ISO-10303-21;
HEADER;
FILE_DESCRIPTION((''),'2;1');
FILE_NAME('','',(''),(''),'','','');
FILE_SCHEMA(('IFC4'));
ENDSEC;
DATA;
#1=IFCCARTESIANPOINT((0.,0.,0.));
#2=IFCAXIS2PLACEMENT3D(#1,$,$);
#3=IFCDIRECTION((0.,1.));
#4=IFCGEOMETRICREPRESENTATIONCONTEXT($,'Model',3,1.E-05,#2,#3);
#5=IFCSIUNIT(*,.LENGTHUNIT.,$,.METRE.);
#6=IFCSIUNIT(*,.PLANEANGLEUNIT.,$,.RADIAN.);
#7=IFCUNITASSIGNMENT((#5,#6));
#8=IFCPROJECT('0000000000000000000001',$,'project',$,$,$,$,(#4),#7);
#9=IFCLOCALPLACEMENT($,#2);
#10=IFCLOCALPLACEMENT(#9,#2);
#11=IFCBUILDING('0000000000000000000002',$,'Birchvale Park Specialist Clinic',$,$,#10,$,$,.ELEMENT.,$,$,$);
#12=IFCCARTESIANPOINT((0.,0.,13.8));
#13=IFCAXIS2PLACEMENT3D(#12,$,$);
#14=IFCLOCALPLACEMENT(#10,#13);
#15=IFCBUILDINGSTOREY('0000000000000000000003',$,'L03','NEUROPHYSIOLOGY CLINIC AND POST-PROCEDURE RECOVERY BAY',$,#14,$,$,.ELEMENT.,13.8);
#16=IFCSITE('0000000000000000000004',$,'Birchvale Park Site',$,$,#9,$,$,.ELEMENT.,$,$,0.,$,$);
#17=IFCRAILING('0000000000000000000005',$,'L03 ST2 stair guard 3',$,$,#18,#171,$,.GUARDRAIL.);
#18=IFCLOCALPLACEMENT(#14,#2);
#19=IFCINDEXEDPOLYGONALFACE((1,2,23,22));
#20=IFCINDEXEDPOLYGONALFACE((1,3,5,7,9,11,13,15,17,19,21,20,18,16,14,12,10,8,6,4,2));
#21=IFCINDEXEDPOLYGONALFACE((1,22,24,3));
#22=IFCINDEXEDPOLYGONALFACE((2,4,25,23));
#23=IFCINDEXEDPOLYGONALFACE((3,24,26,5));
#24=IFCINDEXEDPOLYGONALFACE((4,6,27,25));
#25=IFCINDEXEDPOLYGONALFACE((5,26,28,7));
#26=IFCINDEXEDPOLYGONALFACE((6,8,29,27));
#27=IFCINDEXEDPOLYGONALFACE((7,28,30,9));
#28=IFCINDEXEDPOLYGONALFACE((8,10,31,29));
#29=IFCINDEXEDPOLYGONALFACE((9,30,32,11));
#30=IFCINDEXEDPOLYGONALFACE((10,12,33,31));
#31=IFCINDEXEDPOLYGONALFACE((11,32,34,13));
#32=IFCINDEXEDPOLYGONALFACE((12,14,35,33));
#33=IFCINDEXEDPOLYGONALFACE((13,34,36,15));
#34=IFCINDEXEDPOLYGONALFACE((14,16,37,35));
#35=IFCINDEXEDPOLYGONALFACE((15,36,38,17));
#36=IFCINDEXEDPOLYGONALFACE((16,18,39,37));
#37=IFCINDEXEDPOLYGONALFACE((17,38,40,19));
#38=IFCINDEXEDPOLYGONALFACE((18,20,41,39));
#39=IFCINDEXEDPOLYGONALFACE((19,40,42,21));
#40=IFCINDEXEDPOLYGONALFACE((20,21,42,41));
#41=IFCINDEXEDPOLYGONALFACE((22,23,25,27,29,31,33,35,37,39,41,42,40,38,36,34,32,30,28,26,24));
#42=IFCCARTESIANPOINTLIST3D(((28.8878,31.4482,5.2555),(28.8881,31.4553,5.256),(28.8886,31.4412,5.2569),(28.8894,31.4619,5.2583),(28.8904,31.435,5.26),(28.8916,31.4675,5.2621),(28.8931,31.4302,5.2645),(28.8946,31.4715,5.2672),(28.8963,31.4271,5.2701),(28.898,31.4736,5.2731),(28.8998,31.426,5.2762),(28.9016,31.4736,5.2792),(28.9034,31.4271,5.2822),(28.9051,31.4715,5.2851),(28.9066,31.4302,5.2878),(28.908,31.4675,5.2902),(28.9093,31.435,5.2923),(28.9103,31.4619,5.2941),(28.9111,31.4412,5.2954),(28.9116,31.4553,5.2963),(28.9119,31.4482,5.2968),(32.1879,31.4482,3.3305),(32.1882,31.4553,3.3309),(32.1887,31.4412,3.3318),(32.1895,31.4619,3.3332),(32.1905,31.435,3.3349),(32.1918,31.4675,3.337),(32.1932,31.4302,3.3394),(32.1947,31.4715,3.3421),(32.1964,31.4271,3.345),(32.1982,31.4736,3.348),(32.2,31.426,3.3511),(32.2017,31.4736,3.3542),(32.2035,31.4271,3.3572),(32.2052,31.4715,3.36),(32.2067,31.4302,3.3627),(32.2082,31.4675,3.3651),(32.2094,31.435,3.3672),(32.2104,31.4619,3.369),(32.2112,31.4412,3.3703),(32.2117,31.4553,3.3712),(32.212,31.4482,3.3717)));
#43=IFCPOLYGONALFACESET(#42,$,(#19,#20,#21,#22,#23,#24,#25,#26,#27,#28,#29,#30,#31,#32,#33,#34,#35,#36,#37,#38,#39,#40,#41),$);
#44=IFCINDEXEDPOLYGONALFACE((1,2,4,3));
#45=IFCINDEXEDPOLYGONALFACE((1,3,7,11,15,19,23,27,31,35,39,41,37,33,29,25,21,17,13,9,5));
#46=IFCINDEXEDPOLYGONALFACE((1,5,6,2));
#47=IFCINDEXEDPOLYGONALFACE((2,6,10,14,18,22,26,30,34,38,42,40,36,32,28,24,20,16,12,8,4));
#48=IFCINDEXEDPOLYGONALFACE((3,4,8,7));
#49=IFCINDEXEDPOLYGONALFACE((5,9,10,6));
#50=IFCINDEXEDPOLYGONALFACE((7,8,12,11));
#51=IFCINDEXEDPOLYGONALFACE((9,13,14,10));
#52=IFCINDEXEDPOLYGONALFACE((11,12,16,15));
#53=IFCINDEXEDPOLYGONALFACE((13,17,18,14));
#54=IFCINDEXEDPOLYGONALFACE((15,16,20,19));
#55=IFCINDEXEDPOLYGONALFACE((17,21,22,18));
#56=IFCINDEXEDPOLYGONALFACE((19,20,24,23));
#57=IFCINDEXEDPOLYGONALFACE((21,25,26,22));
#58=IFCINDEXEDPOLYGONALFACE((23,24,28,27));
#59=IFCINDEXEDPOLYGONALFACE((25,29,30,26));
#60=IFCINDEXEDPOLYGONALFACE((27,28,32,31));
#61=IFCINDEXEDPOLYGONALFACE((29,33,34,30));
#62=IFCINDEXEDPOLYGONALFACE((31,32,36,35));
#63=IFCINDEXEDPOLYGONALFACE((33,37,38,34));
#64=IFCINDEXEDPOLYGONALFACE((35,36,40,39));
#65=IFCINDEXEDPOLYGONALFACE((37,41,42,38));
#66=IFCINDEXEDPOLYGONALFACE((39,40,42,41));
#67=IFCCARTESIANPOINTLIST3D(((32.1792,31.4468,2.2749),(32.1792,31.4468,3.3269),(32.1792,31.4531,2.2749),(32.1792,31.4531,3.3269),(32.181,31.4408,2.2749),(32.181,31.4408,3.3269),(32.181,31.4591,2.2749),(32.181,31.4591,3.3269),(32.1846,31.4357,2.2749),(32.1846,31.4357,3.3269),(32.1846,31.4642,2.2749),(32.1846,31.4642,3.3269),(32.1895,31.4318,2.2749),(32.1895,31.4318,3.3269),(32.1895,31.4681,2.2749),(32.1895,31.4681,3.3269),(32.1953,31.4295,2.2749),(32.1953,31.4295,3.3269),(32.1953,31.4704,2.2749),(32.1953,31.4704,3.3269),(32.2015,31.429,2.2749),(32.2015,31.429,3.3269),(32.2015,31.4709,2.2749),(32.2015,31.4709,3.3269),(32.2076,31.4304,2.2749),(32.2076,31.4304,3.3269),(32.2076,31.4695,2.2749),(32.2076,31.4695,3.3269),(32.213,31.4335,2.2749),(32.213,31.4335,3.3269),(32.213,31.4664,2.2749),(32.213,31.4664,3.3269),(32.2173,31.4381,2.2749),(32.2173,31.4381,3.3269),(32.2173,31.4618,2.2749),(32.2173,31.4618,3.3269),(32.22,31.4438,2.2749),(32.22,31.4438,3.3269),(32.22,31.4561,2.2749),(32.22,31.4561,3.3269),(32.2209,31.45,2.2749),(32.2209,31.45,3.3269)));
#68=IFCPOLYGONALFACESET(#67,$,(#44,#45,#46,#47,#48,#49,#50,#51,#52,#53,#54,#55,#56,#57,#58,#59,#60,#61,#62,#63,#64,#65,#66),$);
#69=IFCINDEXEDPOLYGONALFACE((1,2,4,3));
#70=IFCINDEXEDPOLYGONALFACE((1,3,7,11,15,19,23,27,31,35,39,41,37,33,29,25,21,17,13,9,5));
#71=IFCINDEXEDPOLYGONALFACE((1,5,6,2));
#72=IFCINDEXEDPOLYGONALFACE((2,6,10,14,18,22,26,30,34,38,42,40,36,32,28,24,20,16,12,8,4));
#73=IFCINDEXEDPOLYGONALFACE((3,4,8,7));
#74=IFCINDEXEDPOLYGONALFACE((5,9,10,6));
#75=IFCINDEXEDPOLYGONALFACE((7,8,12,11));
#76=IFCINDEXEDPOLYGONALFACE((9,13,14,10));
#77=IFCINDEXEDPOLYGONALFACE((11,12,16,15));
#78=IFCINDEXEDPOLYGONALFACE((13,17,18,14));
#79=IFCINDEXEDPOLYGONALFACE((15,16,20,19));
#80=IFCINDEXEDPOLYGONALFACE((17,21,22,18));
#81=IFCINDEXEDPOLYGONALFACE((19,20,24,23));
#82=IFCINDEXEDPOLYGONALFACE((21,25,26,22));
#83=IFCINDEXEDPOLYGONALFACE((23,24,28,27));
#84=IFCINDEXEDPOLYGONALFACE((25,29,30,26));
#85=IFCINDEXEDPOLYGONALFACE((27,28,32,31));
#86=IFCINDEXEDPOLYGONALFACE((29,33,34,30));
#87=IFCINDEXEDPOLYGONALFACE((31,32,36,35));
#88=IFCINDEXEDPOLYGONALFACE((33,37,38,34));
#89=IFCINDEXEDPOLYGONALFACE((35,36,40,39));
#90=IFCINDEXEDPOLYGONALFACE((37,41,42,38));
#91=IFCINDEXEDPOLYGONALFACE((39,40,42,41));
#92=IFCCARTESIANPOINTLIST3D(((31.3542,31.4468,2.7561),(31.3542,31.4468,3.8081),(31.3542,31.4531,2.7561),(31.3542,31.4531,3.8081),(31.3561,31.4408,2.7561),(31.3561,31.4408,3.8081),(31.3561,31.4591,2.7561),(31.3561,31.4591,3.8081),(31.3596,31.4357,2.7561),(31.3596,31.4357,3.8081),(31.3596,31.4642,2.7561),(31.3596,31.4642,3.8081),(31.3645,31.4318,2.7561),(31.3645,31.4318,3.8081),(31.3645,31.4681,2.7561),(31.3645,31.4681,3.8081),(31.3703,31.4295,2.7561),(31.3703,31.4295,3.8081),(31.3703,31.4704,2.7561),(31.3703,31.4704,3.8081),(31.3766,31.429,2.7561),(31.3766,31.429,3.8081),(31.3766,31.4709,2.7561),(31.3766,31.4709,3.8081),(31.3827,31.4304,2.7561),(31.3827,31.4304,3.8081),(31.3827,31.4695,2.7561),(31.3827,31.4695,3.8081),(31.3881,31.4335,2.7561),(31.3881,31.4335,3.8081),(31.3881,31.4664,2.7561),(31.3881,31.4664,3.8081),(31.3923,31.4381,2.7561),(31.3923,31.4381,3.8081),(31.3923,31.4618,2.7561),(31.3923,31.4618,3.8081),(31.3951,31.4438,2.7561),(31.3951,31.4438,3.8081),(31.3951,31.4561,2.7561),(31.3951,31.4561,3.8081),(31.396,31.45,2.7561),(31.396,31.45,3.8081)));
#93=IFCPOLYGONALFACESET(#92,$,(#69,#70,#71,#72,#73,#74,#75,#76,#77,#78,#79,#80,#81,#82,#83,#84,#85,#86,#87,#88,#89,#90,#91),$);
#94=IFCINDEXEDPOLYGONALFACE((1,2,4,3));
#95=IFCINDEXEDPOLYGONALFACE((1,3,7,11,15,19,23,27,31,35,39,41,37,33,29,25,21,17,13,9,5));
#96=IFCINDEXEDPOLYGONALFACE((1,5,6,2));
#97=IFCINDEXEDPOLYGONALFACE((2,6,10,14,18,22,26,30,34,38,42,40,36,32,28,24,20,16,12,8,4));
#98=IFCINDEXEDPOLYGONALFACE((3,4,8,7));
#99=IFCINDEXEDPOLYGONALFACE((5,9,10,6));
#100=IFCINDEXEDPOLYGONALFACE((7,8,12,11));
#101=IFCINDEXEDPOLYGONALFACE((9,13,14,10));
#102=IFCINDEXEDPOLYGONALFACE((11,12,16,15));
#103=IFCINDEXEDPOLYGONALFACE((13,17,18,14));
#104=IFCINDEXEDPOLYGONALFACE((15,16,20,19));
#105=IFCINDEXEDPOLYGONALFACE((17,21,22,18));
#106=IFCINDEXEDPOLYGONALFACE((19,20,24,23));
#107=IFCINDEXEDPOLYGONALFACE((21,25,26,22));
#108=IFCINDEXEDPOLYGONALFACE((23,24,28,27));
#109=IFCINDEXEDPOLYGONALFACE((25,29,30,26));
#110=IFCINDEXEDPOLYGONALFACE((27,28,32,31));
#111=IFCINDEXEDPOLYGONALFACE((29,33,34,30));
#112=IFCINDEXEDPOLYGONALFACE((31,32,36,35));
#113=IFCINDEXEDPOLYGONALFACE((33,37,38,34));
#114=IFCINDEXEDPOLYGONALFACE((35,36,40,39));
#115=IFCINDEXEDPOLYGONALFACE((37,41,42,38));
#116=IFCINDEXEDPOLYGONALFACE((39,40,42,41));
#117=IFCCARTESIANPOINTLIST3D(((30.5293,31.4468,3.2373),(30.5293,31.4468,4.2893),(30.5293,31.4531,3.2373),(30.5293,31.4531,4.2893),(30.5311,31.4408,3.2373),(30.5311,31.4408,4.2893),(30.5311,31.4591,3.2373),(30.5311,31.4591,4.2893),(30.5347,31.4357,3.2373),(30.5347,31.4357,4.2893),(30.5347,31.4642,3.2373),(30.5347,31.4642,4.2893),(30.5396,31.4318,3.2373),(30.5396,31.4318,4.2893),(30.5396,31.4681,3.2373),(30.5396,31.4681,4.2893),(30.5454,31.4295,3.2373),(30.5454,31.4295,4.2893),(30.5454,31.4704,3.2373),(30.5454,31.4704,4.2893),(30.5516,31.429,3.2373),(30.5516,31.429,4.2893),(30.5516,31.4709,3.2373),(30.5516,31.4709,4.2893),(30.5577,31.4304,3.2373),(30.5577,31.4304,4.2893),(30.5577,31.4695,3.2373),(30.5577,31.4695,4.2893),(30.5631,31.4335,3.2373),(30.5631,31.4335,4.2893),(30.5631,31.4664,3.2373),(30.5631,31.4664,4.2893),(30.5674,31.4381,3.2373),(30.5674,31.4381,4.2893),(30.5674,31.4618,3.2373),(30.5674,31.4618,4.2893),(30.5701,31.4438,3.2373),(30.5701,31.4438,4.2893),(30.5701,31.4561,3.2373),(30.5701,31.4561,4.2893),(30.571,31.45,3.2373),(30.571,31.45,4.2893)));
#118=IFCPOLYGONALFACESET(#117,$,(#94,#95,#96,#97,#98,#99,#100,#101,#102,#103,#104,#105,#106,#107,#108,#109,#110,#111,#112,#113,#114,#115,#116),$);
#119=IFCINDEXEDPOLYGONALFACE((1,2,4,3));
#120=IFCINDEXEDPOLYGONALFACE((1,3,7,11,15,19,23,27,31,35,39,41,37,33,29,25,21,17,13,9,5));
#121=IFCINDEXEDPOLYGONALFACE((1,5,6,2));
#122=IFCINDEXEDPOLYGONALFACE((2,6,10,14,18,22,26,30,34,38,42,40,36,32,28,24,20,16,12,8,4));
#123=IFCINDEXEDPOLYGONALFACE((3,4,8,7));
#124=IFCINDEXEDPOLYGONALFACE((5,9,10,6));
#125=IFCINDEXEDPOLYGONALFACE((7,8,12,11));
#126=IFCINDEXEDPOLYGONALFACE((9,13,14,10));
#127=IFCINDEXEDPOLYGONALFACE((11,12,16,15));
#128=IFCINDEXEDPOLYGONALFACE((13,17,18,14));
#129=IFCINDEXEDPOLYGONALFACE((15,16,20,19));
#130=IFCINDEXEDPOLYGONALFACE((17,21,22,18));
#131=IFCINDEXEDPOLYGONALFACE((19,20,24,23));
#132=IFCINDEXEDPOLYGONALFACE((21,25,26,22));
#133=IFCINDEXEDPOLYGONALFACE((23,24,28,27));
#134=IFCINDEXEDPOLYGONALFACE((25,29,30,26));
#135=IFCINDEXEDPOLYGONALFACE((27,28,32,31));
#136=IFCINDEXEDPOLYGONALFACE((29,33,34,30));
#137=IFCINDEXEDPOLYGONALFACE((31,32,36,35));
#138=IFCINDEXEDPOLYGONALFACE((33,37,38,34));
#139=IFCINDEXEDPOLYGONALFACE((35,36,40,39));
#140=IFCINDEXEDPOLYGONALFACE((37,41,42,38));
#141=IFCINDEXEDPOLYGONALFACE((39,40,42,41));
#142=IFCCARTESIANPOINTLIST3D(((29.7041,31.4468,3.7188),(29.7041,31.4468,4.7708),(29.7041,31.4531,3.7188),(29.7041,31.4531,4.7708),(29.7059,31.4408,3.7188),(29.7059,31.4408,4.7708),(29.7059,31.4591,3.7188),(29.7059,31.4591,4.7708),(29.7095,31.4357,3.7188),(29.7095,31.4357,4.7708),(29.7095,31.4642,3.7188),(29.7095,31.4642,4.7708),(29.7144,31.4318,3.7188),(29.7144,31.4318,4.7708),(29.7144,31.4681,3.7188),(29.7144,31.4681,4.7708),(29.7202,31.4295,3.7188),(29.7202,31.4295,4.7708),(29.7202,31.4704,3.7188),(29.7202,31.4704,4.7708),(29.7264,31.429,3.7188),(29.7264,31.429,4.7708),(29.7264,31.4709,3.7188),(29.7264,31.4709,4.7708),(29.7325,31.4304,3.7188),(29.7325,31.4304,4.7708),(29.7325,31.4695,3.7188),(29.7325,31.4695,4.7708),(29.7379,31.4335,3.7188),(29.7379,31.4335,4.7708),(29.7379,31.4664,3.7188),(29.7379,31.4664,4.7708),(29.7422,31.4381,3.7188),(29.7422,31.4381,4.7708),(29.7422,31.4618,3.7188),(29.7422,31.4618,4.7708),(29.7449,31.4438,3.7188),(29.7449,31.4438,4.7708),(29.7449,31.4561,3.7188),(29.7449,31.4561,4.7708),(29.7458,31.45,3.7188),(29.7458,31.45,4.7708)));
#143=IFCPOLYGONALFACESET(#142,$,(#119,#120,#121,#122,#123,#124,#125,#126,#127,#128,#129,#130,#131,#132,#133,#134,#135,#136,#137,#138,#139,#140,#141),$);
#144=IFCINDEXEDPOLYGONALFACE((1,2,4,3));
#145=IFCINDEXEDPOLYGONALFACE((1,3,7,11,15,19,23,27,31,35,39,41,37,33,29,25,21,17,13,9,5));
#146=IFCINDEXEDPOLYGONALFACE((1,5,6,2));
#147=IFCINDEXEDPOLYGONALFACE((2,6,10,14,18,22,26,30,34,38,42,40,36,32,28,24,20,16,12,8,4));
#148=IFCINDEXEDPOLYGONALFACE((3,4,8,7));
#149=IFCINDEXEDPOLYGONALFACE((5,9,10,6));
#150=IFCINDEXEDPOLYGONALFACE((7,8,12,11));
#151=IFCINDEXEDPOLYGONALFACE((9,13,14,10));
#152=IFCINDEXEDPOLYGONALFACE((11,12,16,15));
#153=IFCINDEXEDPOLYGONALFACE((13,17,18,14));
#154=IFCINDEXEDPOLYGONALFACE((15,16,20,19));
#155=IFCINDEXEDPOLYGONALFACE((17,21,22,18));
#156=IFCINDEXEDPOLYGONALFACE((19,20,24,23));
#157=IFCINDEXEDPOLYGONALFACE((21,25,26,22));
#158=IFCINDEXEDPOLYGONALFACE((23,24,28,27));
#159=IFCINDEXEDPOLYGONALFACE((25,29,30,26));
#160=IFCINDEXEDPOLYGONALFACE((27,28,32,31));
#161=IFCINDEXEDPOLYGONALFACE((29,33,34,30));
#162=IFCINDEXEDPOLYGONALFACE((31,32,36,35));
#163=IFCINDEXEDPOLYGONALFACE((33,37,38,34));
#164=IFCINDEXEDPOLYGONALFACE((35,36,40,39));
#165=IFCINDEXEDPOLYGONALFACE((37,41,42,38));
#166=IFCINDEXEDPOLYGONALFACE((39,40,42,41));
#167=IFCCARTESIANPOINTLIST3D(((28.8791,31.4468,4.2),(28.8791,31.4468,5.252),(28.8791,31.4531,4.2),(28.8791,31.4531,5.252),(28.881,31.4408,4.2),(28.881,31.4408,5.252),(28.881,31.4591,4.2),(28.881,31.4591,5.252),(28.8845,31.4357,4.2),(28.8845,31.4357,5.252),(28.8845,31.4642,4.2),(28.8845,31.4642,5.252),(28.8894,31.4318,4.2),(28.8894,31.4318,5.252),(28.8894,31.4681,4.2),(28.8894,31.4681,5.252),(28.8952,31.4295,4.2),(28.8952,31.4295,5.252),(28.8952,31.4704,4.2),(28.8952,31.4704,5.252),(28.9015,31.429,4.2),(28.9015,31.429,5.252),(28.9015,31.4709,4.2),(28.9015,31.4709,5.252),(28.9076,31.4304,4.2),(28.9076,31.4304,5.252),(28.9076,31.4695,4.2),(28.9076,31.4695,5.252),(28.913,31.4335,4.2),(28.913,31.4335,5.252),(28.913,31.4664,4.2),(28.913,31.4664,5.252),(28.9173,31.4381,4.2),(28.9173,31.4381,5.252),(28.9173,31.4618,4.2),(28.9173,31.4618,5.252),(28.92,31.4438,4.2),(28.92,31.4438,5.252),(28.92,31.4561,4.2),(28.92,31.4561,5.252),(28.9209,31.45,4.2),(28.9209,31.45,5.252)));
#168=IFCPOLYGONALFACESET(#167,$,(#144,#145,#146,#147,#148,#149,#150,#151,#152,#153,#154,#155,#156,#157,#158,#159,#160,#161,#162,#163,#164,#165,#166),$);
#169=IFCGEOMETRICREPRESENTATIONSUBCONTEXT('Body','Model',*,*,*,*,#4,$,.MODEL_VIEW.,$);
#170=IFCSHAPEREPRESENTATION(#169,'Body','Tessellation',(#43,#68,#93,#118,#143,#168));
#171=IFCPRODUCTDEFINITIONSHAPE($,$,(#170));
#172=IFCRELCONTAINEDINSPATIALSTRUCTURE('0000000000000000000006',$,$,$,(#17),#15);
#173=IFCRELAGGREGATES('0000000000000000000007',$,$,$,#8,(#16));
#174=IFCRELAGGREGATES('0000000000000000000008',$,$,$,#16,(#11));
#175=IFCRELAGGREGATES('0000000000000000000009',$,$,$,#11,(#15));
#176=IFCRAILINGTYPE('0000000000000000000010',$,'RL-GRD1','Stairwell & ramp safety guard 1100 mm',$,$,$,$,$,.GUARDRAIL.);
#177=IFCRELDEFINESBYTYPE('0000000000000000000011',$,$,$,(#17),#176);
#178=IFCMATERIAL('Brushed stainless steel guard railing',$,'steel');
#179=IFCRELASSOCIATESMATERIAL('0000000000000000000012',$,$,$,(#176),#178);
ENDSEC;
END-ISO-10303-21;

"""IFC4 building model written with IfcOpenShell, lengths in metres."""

from ifc_helpers import new_model, si_unit, direction, frame, origin, origin_2d, place, context, subcontext, project, spatial, circle, extrude, material, type_object, element, save


model = new_model("IFC4")

# Units and contexts
model_context = context("Model", 3, precision=1e-05, world=origin(), true_north=direction((0.0, 1.0)))
body_context = subcontext(model_context, "Body", "Model", "MODEL_VIEW")
ifc_project = project(units=[si_unit("LENGTHUNIT", "METRE"), si_unit("PLANEANGLEUNIT", "RADIAN")], contexts=[model_context])

# Site, building, storey
site_placement = place(None, origin())
site = spatial("IfcSite", under=ifc_project, at=site_placement, Name="Birchvale Park Site", CompositionType="ELEMENT", RefElevation=0.0)
building_placement = place(site_placement, origin())
building = spatial("IfcBuilding", under=site, at=building_placement, Name="Birchvale Park Specialist Clinic", CompositionType="ELEMENT")
storey_placement = place(building_placement, frame((0.0, 0.0, 13.8)))
storey = spatial("IfcBuildingStorey", under=building, at=storey_placement, Name="L03", Description="NEUROPHYSIOLOGY CLINIC AND POST-PROCEDURE RECOVERY BAY", CompositionType="ELEMENT", Elevation=13.8)

# Railing
ifc_material_1 = material(Name="Brushed stainless steel guard railing", Category="steel")
railing_type_1 = type_object("IfcRailingType", Name="RL-GRD1", Description="Stairwell & ramp safety guard 1100 mm", PredefinedType="GUARDRAIL", material=ifc_material_1)
railing_1_placement = place(storey_placement, frame((32.2, 31.45, 2.2749)))
element("IfcRailing", 1, at=railing_1_placement, inside=storey, type_object=railing_type_1, Name="L03 ST2 stair guard 3", PredefinedType="GUARDRAIL", context=body_context, shape_type="SweptSolid", body=[
    extrude(circle(Radius=0.0239, at=origin_2d()), frame((0.0, 0.0, 1.0762), z_axis=(-0.863777, 0.0, 0.503875), x_axis=(0.0, -1.0, 0.0)), (0.0, 0.0, 1.0), 3.8206),
    extrude(circle(Radius=0.021, at=origin_2d()), origin(), (0.0, 0.0, 1.0), 1.052),
    extrude(circle(Radius=0.021, at=origin_2d()), frame((-0.825, 0.0, 0.4812)), (0.0, 0.0, 1.0), 1.052),
    extrude(circle(Radius=0.021, at=origin_2d()), frame((-1.6499, 0.0, 0.9624)), (0.0, 0.0, 1.0), 1.052),
    extrude(circle(Radius=0.021, at=origin_2d()), frame((-2.4751, 0.0, 1.4438)), (0.0, 0.0, 1.0), 1.052),
    extrude(circle(Radius=0.021, at=origin_2d()), frame((-3.3, 0.0, 1.925)), (0.0, 0.0, 1.0), 1.052),
])

save(model, "model.ifc")
